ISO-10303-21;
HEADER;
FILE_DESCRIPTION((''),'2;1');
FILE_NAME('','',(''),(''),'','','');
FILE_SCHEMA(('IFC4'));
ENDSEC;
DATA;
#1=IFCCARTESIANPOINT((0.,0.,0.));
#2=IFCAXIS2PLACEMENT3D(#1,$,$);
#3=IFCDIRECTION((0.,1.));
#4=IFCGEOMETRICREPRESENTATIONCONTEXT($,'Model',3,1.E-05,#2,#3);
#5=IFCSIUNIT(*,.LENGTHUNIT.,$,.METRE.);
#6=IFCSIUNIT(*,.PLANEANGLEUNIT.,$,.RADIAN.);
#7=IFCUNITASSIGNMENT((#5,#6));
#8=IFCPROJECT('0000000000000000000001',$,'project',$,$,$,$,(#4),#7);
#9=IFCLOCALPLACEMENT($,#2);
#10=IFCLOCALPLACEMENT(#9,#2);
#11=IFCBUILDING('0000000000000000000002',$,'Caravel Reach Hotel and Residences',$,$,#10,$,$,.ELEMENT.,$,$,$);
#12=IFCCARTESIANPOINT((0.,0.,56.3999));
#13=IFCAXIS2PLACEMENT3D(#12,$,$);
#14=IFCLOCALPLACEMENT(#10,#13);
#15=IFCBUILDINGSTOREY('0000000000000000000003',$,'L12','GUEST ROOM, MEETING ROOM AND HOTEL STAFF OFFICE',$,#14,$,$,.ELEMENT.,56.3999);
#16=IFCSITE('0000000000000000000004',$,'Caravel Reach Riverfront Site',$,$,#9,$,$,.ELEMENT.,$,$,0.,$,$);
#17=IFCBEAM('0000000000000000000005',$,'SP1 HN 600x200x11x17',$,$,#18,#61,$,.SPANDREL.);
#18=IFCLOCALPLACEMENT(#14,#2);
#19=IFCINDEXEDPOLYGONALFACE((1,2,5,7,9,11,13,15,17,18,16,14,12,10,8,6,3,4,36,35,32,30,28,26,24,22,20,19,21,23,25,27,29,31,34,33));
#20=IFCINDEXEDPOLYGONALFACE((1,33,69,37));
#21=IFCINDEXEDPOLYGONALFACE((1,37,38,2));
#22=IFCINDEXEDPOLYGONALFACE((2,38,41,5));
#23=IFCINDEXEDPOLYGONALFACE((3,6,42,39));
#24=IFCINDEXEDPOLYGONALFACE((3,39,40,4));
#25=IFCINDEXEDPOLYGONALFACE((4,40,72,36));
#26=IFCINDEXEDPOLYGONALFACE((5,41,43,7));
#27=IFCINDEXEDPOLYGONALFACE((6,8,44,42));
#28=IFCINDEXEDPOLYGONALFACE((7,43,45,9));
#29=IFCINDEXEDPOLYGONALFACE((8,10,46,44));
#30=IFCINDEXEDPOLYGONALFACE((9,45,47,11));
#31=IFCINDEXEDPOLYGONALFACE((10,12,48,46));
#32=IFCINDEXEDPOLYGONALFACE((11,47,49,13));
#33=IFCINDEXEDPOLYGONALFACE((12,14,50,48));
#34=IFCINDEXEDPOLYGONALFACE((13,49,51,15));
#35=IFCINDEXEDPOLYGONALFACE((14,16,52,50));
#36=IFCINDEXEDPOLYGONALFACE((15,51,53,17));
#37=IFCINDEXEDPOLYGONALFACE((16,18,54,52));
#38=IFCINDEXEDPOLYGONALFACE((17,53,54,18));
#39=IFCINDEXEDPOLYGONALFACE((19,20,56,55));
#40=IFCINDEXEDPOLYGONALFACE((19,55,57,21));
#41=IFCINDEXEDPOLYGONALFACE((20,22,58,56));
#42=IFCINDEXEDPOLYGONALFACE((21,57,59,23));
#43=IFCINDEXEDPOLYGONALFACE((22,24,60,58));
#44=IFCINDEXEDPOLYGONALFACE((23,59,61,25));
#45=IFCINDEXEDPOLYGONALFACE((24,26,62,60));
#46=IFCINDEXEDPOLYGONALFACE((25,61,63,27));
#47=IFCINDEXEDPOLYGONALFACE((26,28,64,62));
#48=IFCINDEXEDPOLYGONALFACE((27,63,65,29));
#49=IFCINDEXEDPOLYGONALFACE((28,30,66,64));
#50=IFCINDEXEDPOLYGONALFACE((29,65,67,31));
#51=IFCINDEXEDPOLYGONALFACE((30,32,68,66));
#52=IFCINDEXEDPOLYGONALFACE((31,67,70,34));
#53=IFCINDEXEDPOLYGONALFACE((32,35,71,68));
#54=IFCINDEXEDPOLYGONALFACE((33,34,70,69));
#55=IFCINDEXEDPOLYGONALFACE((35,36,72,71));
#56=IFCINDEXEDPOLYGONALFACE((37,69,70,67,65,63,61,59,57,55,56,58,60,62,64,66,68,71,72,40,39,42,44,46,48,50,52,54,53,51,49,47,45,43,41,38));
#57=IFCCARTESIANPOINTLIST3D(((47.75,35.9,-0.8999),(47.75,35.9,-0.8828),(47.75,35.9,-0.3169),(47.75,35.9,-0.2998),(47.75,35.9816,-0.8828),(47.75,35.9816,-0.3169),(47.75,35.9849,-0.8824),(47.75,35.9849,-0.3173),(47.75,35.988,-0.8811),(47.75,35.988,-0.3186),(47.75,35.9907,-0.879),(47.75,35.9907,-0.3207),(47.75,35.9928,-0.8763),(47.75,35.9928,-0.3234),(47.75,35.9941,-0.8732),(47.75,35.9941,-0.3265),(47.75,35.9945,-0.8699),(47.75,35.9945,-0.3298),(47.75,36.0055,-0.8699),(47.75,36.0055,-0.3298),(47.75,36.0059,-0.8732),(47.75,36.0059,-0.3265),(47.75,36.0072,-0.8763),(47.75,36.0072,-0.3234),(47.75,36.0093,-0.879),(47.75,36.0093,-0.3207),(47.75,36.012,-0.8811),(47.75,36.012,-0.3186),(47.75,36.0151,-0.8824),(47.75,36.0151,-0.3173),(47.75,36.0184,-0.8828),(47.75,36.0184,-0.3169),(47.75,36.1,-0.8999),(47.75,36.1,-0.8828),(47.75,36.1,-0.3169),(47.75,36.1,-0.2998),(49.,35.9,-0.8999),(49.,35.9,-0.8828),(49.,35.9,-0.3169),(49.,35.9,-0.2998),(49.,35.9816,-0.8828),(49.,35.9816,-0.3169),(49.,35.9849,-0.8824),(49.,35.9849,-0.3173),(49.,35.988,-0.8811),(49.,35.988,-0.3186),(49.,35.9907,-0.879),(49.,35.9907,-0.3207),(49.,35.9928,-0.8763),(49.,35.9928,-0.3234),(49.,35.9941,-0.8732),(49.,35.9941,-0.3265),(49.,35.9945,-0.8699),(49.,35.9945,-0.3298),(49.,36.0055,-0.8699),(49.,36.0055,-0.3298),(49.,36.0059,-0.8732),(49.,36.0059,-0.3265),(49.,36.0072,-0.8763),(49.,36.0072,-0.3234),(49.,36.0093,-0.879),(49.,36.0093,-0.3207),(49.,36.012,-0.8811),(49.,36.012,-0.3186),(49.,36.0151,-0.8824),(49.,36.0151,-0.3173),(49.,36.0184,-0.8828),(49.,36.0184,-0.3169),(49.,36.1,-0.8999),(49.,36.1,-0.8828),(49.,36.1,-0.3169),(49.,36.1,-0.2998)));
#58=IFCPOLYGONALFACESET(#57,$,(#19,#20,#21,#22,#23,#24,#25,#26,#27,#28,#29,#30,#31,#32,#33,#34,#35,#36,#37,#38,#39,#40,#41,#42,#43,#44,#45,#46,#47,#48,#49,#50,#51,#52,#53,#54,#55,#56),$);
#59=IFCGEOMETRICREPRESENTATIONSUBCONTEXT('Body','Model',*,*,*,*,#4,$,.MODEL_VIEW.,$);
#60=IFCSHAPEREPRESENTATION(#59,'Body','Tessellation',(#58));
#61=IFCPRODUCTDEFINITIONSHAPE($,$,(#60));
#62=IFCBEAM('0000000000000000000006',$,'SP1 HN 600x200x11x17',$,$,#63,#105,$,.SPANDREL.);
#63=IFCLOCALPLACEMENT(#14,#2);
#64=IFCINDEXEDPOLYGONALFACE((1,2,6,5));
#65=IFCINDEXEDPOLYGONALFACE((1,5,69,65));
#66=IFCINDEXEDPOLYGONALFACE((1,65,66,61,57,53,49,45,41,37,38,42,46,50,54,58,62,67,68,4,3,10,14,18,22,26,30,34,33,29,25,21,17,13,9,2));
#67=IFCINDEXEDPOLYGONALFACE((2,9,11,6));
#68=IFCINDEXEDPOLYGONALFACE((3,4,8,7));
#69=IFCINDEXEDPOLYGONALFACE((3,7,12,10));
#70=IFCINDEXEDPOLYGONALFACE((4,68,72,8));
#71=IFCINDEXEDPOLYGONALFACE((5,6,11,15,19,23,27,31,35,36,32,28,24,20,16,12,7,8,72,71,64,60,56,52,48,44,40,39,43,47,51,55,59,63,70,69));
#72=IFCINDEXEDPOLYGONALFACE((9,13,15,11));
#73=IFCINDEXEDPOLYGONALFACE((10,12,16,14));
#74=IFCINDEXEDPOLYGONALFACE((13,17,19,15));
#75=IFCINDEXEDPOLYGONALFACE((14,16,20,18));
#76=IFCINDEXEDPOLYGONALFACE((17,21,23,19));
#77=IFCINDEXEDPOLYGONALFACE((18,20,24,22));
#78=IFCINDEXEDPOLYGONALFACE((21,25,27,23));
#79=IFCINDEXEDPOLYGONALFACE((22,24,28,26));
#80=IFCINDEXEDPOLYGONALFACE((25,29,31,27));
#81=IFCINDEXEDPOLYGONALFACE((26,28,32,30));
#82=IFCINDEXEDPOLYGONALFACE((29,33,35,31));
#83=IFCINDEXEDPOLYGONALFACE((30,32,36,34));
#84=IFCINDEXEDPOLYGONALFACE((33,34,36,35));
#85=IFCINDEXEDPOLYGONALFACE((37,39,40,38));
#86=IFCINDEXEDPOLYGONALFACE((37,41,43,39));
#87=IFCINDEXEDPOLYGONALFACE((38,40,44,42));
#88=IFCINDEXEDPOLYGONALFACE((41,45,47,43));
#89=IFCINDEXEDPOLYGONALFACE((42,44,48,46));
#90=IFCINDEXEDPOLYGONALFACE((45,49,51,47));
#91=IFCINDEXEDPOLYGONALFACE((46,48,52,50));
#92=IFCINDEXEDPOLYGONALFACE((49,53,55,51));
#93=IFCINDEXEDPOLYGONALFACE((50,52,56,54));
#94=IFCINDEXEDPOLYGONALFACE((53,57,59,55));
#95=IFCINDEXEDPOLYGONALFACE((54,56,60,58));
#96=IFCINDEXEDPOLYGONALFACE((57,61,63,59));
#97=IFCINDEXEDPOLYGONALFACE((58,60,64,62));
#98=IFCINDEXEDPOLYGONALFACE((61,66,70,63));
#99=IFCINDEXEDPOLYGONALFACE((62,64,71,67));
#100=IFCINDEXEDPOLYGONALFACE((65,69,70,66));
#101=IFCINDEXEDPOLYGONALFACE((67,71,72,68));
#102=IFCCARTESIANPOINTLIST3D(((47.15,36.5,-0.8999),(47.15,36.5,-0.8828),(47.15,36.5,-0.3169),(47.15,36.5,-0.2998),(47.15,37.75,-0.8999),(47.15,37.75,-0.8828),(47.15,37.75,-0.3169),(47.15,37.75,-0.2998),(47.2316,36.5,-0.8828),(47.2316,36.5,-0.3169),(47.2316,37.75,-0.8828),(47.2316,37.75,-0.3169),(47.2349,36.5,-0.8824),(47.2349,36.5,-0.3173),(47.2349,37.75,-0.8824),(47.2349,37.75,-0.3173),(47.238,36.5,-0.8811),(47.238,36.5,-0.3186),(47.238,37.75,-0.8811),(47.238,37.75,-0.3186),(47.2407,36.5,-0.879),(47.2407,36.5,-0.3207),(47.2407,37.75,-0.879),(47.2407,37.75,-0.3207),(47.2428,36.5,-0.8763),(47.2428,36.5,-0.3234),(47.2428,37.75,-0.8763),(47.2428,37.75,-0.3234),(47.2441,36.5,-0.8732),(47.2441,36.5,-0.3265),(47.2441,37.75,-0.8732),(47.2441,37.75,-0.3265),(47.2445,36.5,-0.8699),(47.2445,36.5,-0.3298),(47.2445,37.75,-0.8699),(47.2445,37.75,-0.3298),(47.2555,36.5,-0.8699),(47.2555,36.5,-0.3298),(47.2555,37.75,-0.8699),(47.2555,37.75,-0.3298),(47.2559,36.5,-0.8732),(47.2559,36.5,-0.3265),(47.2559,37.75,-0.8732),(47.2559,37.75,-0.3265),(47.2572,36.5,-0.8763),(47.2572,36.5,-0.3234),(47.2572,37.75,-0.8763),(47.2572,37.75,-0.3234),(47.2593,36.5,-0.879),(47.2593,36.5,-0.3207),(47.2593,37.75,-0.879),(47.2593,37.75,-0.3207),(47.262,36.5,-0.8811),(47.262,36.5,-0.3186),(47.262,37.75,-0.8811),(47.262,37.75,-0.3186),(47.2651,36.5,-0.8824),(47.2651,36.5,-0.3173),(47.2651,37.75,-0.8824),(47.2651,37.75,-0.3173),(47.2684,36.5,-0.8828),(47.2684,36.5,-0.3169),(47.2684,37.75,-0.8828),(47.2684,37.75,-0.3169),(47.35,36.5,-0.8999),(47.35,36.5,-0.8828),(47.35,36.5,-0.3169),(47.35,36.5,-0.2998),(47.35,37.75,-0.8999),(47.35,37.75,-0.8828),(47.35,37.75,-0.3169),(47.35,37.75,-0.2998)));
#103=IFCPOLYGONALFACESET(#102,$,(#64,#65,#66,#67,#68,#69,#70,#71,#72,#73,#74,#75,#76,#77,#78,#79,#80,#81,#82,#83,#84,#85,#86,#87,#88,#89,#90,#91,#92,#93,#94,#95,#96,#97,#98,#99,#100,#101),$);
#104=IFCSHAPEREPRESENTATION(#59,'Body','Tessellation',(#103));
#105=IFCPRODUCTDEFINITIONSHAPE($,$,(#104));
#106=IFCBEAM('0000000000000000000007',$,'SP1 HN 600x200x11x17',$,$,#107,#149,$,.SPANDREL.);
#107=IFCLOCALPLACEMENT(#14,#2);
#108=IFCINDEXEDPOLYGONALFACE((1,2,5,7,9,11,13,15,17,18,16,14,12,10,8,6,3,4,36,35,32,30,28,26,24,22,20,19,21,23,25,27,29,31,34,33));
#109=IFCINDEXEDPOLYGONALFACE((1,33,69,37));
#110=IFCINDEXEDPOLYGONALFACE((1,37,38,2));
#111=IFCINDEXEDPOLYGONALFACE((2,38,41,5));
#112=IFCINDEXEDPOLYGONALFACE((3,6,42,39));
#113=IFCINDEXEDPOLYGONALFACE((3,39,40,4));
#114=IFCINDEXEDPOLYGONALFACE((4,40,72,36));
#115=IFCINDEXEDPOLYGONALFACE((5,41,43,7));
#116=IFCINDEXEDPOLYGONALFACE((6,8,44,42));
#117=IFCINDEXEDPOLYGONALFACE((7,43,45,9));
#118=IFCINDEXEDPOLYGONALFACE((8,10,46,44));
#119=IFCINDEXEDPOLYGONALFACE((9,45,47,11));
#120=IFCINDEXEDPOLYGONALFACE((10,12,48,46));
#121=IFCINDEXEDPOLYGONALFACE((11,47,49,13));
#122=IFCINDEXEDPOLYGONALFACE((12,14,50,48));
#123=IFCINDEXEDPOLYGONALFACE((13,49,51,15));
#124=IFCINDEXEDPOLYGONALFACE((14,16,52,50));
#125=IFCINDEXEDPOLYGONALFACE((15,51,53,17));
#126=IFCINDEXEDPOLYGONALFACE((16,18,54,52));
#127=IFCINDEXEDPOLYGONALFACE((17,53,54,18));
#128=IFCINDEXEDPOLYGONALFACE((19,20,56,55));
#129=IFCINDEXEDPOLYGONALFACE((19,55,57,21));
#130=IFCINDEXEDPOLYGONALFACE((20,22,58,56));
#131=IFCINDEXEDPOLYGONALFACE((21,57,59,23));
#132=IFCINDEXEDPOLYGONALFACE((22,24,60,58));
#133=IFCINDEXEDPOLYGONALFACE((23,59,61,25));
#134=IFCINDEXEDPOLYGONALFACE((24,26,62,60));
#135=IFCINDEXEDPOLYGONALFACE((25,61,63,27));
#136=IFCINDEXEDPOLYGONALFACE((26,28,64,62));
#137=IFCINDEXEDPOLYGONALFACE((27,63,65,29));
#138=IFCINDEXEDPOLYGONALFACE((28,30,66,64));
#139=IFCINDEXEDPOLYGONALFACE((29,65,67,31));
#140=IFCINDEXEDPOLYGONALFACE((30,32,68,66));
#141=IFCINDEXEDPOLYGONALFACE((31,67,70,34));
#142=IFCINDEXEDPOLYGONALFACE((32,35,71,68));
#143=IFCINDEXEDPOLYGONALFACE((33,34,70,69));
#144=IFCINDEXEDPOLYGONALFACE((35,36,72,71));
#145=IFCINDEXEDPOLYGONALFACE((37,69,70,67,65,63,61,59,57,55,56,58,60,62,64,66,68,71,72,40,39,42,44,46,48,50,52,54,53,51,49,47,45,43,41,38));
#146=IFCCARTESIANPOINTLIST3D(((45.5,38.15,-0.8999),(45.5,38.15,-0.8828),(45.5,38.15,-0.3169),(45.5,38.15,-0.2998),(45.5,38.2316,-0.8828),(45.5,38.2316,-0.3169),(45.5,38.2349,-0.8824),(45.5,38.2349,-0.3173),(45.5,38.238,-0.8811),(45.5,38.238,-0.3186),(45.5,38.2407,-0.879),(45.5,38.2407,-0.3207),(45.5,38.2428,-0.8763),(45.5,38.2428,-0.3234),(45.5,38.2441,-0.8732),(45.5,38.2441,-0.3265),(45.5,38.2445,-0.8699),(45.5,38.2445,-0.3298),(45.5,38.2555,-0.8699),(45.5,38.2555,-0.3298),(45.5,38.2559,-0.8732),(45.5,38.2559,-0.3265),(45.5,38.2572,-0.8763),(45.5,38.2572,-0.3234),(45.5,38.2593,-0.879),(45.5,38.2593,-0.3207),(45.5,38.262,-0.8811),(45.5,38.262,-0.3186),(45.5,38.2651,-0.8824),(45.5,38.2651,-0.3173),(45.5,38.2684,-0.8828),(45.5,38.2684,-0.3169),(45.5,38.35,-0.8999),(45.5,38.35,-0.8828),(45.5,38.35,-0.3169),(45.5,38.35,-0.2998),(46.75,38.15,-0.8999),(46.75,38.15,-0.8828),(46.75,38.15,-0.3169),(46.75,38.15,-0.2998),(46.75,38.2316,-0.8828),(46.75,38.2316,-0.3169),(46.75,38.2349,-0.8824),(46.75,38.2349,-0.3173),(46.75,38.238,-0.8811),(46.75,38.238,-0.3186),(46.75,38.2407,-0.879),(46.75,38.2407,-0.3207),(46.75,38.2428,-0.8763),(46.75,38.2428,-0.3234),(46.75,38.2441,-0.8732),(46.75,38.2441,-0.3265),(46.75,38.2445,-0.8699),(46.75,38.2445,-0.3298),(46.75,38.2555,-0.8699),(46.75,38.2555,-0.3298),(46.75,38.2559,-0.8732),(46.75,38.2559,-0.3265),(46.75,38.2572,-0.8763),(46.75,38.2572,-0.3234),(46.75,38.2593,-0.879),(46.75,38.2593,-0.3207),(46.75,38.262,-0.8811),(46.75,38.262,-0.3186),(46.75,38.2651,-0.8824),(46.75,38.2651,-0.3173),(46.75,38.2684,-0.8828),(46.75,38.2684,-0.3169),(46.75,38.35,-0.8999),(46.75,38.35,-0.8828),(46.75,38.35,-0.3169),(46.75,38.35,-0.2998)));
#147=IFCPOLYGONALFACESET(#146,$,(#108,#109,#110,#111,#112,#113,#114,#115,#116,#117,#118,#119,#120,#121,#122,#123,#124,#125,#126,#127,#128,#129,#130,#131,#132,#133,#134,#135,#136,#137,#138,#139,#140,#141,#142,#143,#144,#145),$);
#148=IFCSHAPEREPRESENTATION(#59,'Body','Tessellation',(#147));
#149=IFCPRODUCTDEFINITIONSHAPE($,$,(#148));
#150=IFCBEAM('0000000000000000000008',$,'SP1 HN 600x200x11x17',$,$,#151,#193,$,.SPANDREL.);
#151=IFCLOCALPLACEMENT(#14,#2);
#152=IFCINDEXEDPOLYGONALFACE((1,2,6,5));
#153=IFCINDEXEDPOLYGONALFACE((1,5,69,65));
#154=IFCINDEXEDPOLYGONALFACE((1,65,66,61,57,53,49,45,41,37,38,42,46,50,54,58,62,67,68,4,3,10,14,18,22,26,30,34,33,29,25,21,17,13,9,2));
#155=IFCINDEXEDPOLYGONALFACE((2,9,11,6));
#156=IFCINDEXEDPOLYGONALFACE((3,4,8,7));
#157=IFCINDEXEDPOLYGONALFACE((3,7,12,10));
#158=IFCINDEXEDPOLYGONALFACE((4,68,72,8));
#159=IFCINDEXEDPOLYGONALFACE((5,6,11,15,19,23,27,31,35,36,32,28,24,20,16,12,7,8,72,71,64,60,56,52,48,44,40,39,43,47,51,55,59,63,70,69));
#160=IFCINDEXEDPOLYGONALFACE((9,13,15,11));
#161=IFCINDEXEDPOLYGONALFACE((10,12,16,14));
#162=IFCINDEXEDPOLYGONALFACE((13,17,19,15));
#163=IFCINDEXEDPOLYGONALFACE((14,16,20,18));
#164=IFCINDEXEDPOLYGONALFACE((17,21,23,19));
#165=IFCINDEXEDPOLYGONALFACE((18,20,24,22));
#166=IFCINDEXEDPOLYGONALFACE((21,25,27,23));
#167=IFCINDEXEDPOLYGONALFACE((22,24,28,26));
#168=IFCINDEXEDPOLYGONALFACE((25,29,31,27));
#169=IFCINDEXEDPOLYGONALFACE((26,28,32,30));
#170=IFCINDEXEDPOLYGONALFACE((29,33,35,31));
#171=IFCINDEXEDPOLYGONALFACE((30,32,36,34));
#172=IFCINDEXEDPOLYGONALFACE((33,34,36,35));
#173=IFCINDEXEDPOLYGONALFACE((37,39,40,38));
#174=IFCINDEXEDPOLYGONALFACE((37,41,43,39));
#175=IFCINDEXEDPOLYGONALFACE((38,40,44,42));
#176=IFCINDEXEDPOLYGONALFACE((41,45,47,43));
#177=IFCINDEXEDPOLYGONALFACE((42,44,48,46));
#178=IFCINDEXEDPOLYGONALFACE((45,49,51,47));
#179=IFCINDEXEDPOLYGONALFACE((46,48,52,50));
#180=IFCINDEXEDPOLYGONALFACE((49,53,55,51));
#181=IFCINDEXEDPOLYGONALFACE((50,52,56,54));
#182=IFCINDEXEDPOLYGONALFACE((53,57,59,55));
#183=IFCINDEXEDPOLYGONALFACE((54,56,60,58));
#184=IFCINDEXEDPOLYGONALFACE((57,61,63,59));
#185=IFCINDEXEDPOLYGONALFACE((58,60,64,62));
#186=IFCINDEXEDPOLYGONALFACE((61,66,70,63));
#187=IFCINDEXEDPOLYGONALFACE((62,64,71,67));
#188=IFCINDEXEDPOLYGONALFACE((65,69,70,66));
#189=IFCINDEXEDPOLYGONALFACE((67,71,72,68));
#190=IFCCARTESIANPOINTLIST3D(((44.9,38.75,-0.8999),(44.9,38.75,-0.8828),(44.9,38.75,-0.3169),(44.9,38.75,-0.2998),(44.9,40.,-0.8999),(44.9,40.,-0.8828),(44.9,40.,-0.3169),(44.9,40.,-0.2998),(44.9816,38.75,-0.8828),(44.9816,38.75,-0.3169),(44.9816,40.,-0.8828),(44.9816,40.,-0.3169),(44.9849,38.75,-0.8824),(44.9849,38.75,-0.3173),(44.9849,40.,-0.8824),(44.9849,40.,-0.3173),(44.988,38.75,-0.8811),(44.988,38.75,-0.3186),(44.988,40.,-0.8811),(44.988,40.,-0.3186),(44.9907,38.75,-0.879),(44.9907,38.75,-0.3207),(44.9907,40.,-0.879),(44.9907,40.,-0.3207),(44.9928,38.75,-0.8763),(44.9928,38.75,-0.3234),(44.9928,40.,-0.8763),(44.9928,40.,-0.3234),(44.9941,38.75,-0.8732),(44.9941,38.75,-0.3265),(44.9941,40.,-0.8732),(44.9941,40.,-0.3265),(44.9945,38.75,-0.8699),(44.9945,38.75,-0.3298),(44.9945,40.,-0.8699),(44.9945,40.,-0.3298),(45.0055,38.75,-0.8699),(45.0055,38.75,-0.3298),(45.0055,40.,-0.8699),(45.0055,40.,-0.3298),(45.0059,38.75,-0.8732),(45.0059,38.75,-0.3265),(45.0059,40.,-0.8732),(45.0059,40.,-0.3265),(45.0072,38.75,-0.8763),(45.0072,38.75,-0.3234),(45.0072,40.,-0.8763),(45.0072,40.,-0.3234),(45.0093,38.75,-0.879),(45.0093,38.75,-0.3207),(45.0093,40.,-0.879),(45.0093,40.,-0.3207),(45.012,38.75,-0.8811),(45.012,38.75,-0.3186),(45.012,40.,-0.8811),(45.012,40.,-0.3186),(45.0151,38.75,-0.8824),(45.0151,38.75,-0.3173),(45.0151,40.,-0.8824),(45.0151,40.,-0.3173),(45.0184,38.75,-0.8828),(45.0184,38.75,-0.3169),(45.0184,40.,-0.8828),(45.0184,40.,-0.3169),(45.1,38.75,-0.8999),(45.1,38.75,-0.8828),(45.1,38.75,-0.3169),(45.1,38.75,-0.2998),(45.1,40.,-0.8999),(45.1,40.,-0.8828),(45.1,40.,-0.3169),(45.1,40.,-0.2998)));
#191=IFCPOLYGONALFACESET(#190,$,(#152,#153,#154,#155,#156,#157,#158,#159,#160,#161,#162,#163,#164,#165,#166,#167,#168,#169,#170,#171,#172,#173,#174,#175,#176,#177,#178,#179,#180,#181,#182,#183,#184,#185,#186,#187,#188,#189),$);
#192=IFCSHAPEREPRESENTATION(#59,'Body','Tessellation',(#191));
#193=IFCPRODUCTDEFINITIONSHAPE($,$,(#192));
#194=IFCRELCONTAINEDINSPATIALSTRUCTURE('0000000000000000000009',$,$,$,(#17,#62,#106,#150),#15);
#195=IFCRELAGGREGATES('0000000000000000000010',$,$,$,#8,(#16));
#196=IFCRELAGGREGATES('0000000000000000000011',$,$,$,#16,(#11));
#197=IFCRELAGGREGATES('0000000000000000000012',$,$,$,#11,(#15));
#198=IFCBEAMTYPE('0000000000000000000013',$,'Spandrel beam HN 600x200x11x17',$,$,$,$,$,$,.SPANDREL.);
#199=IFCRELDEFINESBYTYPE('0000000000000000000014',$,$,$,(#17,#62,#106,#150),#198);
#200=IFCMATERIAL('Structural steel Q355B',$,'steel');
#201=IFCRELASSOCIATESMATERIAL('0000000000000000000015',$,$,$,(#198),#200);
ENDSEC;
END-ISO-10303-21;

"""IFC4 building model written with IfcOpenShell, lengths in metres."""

from ifc_helpers import new_model, si_unit, direction, frame, origin, origin_2d, place, context, subcontext, project, spatial, i_section, extrude, material, material_profile, profile_set, type_object, element, save


model = new_model("IFC4")

# Units and contexts
model_context = context("Model", 3, precision=1e-05, world=origin(), true_north=direction((0.0, 1.0)))
body_context = subcontext(model_context, "Body", "Model", "MODEL_VIEW")
ifc_project = project(units=[si_unit("LENGTHUNIT", "METRE"), si_unit("PLANEANGLEUNIT", "RADIAN")], contexts=[model_context])

# Site, building, storey
site_placement = place(None, origin())
site = spatial("IfcSite", under=ifc_project, at=site_placement, Name="Caravel Reach Riverfront Site", CompositionType="ELEMENT", RefElevation=0.0)
building_placement = place(site_placement, origin())
building = spatial("IfcBuilding", under=site, at=building_placement, Name="Caravel Reach Hotel and Residences", CompositionType="ELEMENT")
storey_placement = place(building_placement, frame((0.0, 0.0, 56.3999)))
storey = spatial("IfcBuildingStorey", under=building, at=storey_placement, Name="L12", Description="GUEST ROOM, MEETING ROOM AND HOTEL STAFF OFFICE", CompositionType="ELEMENT", Elevation=56.3999)

# Beams
ifc_material_1 = material(Name="Structural steel Q355B", Category="steel")
ifc_material_profile_1 = material_profile(ifc_material_1, i_section(OverallWidth=0.2, OverallDepth=0.6001, WebThickness=0.011, FlangeThickness=0.0171, FilletRadius=0.0129, at=origin_2d()), Name="HN 600x200x11x17")
ifc_profile_set_1 = profile_set([ifc_material_profile_1], Name="Structural steel Q355B")
beam_type_1 = type_object("IfcBeamType", Name="Spandrel beam HN 600x200x11x17", PredefinedType="SPANDREL", material=ifc_profile_set_1)
for number, where, z_axis, x_axis, name in (
    (1, (49.0, 36.0, -0.5999), (-1.0, 0.0, 0.0), (0.0, -1.0, 0.0), "SP1 HN 600x200x11x17"),
    (2, (47.25, 36.5, -0.5999), (0.0, 1.0, 0.0), (-1.0, 0.0, 0.0), "SP1 HN 600x200x11x17"),
    (3, (46.75, 38.25, -0.5999), (-1.0, 0.0, 0.0), (0.0, -1.0, 0.0), "SP1 HN 600x200x11x17"),
    (4, (45.0, 38.75, -0.5999), (0.0, 1.0, 0.0), (-1.0, 0.0, 0.0), "SP1 HN 600x200x11x17"),
):
    element("IfcBeam", number, at=place(storey_placement, frame(where, z_axis=z_axis, x_axis=x_axis)), inside=storey, type_object=beam_type_1, Name=name, PredefinedType="SPANDREL", context=body_context, shape_type="SweptSolid", body=[
        extrude(i_section(OverallWidth=0.2, OverallDepth=0.6001, WebThickness=0.011, FlangeThickness=0.0171, FilletRadius=0.0129, at=origin_2d()), origin(), (0.0, 0.0, 1.0), 1.25),
    ])

save(model, "model.ifc")
